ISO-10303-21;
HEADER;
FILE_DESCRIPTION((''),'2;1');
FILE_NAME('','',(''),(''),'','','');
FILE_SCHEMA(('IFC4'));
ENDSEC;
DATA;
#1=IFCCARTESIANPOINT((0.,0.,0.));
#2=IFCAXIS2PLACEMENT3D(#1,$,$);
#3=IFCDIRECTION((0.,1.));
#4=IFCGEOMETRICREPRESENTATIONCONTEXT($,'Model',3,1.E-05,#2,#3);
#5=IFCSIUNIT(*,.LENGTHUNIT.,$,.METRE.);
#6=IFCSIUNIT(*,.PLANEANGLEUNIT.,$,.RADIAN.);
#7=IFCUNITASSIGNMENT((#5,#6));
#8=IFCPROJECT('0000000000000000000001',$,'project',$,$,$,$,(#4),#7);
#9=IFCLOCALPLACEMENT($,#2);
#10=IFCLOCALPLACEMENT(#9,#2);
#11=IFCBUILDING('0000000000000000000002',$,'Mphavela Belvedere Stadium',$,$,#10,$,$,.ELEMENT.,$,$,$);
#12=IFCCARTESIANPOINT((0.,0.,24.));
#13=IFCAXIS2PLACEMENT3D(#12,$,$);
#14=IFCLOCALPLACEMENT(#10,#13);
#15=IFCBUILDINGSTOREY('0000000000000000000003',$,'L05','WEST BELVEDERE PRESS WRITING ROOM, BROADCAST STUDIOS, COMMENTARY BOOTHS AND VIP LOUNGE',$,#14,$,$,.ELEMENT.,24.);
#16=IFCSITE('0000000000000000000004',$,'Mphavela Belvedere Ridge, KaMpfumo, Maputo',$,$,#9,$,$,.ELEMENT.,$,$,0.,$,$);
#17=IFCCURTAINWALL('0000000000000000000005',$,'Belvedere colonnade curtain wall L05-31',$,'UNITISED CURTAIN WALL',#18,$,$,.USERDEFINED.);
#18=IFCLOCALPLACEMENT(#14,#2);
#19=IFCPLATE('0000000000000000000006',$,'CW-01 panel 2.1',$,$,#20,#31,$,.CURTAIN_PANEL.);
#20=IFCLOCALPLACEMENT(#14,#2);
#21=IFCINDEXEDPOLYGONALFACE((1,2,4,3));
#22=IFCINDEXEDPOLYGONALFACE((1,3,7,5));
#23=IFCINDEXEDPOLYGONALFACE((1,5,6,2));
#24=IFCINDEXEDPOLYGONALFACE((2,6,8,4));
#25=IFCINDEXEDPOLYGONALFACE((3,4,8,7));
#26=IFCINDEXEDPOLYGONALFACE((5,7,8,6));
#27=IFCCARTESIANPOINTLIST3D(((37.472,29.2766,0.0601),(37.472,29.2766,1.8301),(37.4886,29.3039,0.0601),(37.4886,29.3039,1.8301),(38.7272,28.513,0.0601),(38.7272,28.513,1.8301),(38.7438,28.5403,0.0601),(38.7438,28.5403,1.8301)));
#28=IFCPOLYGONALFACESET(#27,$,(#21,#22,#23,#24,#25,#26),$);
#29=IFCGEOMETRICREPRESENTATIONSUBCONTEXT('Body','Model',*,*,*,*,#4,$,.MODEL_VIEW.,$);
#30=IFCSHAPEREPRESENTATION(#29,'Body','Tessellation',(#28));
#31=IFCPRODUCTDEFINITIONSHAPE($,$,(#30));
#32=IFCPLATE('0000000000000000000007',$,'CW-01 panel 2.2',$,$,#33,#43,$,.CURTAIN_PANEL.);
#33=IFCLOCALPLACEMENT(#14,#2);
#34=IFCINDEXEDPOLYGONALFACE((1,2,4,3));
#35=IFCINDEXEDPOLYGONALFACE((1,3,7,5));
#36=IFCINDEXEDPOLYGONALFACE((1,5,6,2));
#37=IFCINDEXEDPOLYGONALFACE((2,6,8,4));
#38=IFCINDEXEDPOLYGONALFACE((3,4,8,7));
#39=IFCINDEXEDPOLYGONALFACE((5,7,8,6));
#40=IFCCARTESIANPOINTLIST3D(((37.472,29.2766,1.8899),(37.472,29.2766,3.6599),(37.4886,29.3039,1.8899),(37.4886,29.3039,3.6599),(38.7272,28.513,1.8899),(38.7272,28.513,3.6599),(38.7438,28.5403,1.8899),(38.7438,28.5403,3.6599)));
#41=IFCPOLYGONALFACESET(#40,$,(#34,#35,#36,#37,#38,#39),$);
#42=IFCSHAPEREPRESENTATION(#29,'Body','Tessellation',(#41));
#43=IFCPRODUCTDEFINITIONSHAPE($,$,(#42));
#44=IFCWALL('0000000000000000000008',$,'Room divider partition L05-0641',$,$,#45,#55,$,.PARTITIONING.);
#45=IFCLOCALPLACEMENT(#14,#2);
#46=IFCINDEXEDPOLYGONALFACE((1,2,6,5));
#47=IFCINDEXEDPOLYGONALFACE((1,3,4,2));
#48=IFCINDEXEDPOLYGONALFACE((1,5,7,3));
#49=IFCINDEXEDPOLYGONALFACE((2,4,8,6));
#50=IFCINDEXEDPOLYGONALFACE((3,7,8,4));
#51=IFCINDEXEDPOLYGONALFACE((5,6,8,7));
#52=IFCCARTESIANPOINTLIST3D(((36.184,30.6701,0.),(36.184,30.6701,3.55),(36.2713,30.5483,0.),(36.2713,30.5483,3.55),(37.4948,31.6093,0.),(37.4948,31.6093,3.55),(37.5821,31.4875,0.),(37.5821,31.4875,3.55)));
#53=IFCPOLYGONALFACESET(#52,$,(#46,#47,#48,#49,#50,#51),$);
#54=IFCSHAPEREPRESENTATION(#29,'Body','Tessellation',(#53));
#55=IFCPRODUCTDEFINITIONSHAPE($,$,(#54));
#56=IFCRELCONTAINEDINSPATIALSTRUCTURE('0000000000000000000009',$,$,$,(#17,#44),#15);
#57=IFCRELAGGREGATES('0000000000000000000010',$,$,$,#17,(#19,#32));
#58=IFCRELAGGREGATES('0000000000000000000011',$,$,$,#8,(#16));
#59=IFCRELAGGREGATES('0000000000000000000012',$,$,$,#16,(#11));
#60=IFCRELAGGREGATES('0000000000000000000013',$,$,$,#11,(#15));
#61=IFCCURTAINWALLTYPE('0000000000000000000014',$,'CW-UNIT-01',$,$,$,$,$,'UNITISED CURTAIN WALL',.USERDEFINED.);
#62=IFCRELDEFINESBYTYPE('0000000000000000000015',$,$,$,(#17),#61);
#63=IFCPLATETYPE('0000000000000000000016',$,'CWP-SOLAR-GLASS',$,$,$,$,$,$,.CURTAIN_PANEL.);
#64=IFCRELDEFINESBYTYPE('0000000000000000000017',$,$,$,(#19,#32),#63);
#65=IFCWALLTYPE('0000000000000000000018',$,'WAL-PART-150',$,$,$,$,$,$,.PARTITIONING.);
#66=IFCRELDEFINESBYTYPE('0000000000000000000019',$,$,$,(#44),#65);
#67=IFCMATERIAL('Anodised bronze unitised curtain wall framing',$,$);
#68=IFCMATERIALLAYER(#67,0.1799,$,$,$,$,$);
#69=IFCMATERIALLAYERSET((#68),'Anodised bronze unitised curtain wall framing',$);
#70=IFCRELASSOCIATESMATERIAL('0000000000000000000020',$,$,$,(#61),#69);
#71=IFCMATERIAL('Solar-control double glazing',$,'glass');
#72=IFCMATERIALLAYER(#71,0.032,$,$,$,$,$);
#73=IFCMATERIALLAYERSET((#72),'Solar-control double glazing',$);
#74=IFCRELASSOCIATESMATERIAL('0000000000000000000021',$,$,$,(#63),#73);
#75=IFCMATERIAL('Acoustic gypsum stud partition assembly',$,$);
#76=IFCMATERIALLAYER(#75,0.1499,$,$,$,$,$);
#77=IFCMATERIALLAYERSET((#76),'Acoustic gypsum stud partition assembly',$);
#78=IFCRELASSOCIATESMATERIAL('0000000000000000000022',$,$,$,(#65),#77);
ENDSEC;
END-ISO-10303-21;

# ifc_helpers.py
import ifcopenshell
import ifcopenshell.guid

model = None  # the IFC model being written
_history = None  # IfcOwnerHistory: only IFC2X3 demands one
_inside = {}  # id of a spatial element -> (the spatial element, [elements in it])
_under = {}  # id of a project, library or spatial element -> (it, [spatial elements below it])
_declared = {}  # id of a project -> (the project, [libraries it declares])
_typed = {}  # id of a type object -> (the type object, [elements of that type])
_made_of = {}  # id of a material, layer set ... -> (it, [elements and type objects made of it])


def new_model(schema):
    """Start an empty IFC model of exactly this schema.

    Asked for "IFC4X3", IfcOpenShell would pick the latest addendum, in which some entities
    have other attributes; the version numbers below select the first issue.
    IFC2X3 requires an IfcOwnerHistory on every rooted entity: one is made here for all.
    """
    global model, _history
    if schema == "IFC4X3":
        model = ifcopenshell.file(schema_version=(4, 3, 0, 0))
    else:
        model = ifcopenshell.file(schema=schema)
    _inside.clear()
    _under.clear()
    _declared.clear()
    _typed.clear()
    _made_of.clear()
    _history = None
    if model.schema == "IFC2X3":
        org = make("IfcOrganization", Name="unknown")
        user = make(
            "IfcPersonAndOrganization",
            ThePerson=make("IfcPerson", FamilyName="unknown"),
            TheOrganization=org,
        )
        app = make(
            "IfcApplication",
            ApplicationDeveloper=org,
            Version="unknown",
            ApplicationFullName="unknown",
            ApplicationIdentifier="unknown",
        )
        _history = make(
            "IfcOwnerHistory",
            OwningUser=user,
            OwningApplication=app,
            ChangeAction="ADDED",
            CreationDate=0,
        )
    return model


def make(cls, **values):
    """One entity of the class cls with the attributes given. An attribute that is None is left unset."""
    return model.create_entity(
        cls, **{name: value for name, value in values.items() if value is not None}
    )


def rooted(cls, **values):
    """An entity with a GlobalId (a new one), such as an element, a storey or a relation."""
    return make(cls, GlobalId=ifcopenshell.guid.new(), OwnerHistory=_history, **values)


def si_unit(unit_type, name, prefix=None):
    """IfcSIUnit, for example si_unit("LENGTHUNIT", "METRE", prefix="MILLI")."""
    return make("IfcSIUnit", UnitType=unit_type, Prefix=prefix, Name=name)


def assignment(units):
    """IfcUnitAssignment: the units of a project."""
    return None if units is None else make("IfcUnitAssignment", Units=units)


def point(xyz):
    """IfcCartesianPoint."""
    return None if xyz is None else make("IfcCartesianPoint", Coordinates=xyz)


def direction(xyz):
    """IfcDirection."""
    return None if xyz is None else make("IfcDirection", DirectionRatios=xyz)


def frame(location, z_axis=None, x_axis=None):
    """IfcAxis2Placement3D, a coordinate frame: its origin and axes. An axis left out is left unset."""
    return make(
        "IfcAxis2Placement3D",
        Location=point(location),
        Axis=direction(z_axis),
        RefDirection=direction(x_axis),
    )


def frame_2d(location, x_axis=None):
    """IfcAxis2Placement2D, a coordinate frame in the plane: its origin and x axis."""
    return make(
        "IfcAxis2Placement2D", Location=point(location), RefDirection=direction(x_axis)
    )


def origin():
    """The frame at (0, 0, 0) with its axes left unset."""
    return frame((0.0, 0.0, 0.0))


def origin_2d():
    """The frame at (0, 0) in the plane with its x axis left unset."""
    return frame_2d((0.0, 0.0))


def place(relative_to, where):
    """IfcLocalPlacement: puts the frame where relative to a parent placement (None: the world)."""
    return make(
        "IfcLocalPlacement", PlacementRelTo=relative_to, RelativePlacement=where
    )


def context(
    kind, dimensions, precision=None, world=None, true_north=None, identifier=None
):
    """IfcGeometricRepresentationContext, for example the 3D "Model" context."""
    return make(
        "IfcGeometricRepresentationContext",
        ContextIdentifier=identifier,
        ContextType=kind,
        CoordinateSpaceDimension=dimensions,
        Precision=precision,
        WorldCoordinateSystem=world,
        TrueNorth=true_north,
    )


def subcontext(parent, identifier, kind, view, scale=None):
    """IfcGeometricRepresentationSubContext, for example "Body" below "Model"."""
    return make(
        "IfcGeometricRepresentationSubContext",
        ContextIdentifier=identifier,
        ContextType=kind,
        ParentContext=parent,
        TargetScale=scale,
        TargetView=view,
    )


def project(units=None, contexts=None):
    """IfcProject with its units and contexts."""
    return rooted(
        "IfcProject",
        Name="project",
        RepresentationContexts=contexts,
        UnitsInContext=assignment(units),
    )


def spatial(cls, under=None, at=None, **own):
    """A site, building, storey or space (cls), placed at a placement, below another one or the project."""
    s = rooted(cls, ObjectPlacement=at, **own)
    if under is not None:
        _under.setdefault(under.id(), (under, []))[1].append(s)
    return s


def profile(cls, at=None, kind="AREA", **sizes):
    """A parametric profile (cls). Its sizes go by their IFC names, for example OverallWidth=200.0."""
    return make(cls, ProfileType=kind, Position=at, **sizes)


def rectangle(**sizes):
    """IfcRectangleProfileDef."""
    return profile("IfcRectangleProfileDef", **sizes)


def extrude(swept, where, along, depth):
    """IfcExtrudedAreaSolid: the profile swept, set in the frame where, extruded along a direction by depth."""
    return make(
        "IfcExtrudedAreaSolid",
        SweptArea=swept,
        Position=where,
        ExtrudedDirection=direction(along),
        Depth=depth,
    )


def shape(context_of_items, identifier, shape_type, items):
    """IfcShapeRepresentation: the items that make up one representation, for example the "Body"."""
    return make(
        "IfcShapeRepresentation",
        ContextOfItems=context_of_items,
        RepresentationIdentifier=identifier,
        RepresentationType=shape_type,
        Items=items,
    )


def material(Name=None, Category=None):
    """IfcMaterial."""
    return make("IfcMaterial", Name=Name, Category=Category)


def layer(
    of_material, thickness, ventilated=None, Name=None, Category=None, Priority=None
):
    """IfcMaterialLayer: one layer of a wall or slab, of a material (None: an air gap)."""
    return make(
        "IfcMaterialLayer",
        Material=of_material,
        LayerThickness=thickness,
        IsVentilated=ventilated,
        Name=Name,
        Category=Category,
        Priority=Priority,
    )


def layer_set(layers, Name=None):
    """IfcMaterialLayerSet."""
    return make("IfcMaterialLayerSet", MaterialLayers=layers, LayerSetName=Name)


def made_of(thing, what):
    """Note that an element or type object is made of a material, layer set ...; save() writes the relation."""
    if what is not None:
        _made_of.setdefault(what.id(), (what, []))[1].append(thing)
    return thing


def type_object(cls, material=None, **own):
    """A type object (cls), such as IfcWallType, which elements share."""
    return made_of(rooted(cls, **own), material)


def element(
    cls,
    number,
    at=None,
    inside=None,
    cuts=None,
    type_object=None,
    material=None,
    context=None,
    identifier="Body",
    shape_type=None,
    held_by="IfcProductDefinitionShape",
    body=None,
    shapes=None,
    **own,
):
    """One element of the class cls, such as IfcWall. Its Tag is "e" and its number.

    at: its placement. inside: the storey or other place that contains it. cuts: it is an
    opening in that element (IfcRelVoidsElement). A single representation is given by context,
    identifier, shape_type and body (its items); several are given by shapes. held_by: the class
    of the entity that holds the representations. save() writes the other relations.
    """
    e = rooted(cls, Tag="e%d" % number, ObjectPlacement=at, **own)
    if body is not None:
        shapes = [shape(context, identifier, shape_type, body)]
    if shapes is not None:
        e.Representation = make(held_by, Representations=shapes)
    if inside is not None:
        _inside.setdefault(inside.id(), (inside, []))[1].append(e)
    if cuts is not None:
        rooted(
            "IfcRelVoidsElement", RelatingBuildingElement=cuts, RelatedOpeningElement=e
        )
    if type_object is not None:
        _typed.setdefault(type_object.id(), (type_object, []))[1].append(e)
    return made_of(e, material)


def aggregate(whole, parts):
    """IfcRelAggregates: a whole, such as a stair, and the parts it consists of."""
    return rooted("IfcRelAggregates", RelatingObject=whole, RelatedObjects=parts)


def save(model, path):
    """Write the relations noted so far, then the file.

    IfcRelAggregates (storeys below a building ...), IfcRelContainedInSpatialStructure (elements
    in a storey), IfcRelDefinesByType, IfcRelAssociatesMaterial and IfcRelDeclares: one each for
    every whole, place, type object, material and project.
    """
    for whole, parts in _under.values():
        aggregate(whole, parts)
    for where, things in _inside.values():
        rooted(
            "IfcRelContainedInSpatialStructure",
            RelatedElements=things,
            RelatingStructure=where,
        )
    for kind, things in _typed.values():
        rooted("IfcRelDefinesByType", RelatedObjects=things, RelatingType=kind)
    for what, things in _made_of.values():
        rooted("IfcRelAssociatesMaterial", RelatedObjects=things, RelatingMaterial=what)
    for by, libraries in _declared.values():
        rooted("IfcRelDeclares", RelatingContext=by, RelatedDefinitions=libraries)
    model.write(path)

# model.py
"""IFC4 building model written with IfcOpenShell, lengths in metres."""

from ifc_helpers import new_model, si_unit, direction, frame, frame_2d, origin, origin_2d, place, context, subcontext, project, spatial, rectangle, extrude, material, layer, layer_set, type_object, element, aggregate, save


model = new_model("IFC4")

# Units and contexts
model_context = context("Model", 3, precision=1e-05, world=origin(), true_north=direction((0.0, 1.0)))
body_context = subcontext(model_context, "Body", "Model", "MODEL_VIEW")
ifc_project = project(units=[si_unit("LENGTHUNIT", "METRE"), si_unit("PLANEANGLEUNIT", "RADIAN")], contexts=[model_context])

# Site, building, storey
site_placement = place(None, origin())
site = spatial("IfcSite", under=ifc_project, at=site_placement, Name="Mphavela Belvedere Ridge, KaMpfumo, Maputo", CompositionType="ELEMENT", RefElevation=0.0)
building_placement = place(site_placement, origin())
building = spatial("IfcBuilding", under=site, at=building_placement, Name="Mphavela Belvedere Stadium", CompositionType="ELEMENT")
storey_placement = place(building_placement, frame((0.0, 0.0, 24.0)))
storey = spatial("IfcBuildingStorey", under=building, at=storey_placement, Name="L05", Description="WEST BELVEDERE PRESS WRITING ROOM, BROADCAST STUDIOS, COMMENTARY BOOTHS AND VIP LOUNGE", CompositionType="ELEMENT", Elevation=24.0)

# Curtain wall
ifc_material_1 = material(Name="Anodised bronze unitised curtain wall framing")
ifc_layer_1 = layer(ifc_material_1, 0.1799)
ifc_layer_set_1 = layer_set([ifc_layer_1], Name="Anodised bronze unitised curtain wall framing")
curtain_wall_type_1 = type_object("IfcCurtainWallType", Name="CW-UNIT-01", ElementType="UNITISED CURTAIN WALL", PredefinedType="USERDEFINED", material=ifc_layer_set_1)
curtain_wall_1_placement = place(storey_placement, origin())
curtain_wall_1 = element("IfcCurtainWall", 1, at=curtain_wall_1_placement, inside=storey, type_object=curtain_wall_type_1, Name="Belvedere colonnade curtain wall L05-31", ObjectType="UNITISED CURTAIN WALL", PredefinedType="USERDEFINED")

# Plates
ifc_material_2 = material(Name="Solar-control double glazing", Category="glass")
ifc_layer_2 = layer(ifc_material_2, 0.032)
ifc_layer_set_2 = layer_set([ifc_layer_2], Name="Solar-control double glazing")
plate_type = type_object("IfcPlateType", Name="CWP-SOLAR-GLASS", PredefinedType="CURTAIN_PANEL", material=ifc_layer_set_2)
plate_1_placement = place(storey_placement, frame((38.1079, 28.9084, 0.0601), z_axis=(0.0, 0.0, 1.0), x_axis=(0.854327, -0.519735, 0.0)))
plate_1 = element("IfcPlate", 2, at=plate_1_placement, type_object=plate_type, Name="CW-01 panel 2.1", PredefinedType="CURTAIN_PANEL", context=body_context, shape_type="SweptSolid", body=[
    extrude(rectangle(XDim=1.4692, YDim=0.032, at=origin_2d()), origin(), (0.0, 0.0, 1.0), 1.77),
])
plate_2_placement = place(storey_placement, frame((38.1079, 28.9084, 1.8899), z_axis=(0.0, 0.0, 1.0), x_axis=(0.854327, -0.519735, 0.0)))
plate_2 = element("IfcPlate", 3, at=plate_2_placement, type_object=plate_type, Name="CW-01 panel 2.2", PredefinedType="CURTAIN_PANEL", context=body_context, shape_type="SweptSolid", body=[
    extrude(rectangle(XDim=1.4692, YDim=0.032, at=origin_2d()), origin(), (0.0, 0.0, 1.0), 1.77),
])
aggregate(curtain_wall_1, [plate_1, plate_2])

# Wall
ifc_material_3 = material(Name="Acoustic gypsum stud partition assembly")
ifc_layer_3 = layer(ifc_material_3, 0.1499)
ifc_layer_set_3 = layer_set([ifc_layer_3], Name="Acoustic gypsum stud partition assembly")
wall_type = type_object("IfcWallType", Name="WAL-PART-150", PredefinedType="PARTITIONING", material=ifc_layer_set_3)
wall_placement = place(storey_placement, frame((37.5383, 31.5483, 0.0), z_axis=(0.0, 0.0, 1.0), x_axis=(-0.812873, -0.582441, 0.0)))
element("IfcWall", 4, at=wall_placement, inside=storey, type_object=wall_type, Name="Room divider partition L05-0641", PredefinedType="PARTITIONING", context=body_context, shape_type="SweptSolid", body=[
    extrude(rectangle(XDim=1.6125, YDim=0.1499, at=frame_2d((0.8062, 0.0))), origin(), (0.0, 0.0, 1.0), 3.55),
])

save(model, "model.ifc")
